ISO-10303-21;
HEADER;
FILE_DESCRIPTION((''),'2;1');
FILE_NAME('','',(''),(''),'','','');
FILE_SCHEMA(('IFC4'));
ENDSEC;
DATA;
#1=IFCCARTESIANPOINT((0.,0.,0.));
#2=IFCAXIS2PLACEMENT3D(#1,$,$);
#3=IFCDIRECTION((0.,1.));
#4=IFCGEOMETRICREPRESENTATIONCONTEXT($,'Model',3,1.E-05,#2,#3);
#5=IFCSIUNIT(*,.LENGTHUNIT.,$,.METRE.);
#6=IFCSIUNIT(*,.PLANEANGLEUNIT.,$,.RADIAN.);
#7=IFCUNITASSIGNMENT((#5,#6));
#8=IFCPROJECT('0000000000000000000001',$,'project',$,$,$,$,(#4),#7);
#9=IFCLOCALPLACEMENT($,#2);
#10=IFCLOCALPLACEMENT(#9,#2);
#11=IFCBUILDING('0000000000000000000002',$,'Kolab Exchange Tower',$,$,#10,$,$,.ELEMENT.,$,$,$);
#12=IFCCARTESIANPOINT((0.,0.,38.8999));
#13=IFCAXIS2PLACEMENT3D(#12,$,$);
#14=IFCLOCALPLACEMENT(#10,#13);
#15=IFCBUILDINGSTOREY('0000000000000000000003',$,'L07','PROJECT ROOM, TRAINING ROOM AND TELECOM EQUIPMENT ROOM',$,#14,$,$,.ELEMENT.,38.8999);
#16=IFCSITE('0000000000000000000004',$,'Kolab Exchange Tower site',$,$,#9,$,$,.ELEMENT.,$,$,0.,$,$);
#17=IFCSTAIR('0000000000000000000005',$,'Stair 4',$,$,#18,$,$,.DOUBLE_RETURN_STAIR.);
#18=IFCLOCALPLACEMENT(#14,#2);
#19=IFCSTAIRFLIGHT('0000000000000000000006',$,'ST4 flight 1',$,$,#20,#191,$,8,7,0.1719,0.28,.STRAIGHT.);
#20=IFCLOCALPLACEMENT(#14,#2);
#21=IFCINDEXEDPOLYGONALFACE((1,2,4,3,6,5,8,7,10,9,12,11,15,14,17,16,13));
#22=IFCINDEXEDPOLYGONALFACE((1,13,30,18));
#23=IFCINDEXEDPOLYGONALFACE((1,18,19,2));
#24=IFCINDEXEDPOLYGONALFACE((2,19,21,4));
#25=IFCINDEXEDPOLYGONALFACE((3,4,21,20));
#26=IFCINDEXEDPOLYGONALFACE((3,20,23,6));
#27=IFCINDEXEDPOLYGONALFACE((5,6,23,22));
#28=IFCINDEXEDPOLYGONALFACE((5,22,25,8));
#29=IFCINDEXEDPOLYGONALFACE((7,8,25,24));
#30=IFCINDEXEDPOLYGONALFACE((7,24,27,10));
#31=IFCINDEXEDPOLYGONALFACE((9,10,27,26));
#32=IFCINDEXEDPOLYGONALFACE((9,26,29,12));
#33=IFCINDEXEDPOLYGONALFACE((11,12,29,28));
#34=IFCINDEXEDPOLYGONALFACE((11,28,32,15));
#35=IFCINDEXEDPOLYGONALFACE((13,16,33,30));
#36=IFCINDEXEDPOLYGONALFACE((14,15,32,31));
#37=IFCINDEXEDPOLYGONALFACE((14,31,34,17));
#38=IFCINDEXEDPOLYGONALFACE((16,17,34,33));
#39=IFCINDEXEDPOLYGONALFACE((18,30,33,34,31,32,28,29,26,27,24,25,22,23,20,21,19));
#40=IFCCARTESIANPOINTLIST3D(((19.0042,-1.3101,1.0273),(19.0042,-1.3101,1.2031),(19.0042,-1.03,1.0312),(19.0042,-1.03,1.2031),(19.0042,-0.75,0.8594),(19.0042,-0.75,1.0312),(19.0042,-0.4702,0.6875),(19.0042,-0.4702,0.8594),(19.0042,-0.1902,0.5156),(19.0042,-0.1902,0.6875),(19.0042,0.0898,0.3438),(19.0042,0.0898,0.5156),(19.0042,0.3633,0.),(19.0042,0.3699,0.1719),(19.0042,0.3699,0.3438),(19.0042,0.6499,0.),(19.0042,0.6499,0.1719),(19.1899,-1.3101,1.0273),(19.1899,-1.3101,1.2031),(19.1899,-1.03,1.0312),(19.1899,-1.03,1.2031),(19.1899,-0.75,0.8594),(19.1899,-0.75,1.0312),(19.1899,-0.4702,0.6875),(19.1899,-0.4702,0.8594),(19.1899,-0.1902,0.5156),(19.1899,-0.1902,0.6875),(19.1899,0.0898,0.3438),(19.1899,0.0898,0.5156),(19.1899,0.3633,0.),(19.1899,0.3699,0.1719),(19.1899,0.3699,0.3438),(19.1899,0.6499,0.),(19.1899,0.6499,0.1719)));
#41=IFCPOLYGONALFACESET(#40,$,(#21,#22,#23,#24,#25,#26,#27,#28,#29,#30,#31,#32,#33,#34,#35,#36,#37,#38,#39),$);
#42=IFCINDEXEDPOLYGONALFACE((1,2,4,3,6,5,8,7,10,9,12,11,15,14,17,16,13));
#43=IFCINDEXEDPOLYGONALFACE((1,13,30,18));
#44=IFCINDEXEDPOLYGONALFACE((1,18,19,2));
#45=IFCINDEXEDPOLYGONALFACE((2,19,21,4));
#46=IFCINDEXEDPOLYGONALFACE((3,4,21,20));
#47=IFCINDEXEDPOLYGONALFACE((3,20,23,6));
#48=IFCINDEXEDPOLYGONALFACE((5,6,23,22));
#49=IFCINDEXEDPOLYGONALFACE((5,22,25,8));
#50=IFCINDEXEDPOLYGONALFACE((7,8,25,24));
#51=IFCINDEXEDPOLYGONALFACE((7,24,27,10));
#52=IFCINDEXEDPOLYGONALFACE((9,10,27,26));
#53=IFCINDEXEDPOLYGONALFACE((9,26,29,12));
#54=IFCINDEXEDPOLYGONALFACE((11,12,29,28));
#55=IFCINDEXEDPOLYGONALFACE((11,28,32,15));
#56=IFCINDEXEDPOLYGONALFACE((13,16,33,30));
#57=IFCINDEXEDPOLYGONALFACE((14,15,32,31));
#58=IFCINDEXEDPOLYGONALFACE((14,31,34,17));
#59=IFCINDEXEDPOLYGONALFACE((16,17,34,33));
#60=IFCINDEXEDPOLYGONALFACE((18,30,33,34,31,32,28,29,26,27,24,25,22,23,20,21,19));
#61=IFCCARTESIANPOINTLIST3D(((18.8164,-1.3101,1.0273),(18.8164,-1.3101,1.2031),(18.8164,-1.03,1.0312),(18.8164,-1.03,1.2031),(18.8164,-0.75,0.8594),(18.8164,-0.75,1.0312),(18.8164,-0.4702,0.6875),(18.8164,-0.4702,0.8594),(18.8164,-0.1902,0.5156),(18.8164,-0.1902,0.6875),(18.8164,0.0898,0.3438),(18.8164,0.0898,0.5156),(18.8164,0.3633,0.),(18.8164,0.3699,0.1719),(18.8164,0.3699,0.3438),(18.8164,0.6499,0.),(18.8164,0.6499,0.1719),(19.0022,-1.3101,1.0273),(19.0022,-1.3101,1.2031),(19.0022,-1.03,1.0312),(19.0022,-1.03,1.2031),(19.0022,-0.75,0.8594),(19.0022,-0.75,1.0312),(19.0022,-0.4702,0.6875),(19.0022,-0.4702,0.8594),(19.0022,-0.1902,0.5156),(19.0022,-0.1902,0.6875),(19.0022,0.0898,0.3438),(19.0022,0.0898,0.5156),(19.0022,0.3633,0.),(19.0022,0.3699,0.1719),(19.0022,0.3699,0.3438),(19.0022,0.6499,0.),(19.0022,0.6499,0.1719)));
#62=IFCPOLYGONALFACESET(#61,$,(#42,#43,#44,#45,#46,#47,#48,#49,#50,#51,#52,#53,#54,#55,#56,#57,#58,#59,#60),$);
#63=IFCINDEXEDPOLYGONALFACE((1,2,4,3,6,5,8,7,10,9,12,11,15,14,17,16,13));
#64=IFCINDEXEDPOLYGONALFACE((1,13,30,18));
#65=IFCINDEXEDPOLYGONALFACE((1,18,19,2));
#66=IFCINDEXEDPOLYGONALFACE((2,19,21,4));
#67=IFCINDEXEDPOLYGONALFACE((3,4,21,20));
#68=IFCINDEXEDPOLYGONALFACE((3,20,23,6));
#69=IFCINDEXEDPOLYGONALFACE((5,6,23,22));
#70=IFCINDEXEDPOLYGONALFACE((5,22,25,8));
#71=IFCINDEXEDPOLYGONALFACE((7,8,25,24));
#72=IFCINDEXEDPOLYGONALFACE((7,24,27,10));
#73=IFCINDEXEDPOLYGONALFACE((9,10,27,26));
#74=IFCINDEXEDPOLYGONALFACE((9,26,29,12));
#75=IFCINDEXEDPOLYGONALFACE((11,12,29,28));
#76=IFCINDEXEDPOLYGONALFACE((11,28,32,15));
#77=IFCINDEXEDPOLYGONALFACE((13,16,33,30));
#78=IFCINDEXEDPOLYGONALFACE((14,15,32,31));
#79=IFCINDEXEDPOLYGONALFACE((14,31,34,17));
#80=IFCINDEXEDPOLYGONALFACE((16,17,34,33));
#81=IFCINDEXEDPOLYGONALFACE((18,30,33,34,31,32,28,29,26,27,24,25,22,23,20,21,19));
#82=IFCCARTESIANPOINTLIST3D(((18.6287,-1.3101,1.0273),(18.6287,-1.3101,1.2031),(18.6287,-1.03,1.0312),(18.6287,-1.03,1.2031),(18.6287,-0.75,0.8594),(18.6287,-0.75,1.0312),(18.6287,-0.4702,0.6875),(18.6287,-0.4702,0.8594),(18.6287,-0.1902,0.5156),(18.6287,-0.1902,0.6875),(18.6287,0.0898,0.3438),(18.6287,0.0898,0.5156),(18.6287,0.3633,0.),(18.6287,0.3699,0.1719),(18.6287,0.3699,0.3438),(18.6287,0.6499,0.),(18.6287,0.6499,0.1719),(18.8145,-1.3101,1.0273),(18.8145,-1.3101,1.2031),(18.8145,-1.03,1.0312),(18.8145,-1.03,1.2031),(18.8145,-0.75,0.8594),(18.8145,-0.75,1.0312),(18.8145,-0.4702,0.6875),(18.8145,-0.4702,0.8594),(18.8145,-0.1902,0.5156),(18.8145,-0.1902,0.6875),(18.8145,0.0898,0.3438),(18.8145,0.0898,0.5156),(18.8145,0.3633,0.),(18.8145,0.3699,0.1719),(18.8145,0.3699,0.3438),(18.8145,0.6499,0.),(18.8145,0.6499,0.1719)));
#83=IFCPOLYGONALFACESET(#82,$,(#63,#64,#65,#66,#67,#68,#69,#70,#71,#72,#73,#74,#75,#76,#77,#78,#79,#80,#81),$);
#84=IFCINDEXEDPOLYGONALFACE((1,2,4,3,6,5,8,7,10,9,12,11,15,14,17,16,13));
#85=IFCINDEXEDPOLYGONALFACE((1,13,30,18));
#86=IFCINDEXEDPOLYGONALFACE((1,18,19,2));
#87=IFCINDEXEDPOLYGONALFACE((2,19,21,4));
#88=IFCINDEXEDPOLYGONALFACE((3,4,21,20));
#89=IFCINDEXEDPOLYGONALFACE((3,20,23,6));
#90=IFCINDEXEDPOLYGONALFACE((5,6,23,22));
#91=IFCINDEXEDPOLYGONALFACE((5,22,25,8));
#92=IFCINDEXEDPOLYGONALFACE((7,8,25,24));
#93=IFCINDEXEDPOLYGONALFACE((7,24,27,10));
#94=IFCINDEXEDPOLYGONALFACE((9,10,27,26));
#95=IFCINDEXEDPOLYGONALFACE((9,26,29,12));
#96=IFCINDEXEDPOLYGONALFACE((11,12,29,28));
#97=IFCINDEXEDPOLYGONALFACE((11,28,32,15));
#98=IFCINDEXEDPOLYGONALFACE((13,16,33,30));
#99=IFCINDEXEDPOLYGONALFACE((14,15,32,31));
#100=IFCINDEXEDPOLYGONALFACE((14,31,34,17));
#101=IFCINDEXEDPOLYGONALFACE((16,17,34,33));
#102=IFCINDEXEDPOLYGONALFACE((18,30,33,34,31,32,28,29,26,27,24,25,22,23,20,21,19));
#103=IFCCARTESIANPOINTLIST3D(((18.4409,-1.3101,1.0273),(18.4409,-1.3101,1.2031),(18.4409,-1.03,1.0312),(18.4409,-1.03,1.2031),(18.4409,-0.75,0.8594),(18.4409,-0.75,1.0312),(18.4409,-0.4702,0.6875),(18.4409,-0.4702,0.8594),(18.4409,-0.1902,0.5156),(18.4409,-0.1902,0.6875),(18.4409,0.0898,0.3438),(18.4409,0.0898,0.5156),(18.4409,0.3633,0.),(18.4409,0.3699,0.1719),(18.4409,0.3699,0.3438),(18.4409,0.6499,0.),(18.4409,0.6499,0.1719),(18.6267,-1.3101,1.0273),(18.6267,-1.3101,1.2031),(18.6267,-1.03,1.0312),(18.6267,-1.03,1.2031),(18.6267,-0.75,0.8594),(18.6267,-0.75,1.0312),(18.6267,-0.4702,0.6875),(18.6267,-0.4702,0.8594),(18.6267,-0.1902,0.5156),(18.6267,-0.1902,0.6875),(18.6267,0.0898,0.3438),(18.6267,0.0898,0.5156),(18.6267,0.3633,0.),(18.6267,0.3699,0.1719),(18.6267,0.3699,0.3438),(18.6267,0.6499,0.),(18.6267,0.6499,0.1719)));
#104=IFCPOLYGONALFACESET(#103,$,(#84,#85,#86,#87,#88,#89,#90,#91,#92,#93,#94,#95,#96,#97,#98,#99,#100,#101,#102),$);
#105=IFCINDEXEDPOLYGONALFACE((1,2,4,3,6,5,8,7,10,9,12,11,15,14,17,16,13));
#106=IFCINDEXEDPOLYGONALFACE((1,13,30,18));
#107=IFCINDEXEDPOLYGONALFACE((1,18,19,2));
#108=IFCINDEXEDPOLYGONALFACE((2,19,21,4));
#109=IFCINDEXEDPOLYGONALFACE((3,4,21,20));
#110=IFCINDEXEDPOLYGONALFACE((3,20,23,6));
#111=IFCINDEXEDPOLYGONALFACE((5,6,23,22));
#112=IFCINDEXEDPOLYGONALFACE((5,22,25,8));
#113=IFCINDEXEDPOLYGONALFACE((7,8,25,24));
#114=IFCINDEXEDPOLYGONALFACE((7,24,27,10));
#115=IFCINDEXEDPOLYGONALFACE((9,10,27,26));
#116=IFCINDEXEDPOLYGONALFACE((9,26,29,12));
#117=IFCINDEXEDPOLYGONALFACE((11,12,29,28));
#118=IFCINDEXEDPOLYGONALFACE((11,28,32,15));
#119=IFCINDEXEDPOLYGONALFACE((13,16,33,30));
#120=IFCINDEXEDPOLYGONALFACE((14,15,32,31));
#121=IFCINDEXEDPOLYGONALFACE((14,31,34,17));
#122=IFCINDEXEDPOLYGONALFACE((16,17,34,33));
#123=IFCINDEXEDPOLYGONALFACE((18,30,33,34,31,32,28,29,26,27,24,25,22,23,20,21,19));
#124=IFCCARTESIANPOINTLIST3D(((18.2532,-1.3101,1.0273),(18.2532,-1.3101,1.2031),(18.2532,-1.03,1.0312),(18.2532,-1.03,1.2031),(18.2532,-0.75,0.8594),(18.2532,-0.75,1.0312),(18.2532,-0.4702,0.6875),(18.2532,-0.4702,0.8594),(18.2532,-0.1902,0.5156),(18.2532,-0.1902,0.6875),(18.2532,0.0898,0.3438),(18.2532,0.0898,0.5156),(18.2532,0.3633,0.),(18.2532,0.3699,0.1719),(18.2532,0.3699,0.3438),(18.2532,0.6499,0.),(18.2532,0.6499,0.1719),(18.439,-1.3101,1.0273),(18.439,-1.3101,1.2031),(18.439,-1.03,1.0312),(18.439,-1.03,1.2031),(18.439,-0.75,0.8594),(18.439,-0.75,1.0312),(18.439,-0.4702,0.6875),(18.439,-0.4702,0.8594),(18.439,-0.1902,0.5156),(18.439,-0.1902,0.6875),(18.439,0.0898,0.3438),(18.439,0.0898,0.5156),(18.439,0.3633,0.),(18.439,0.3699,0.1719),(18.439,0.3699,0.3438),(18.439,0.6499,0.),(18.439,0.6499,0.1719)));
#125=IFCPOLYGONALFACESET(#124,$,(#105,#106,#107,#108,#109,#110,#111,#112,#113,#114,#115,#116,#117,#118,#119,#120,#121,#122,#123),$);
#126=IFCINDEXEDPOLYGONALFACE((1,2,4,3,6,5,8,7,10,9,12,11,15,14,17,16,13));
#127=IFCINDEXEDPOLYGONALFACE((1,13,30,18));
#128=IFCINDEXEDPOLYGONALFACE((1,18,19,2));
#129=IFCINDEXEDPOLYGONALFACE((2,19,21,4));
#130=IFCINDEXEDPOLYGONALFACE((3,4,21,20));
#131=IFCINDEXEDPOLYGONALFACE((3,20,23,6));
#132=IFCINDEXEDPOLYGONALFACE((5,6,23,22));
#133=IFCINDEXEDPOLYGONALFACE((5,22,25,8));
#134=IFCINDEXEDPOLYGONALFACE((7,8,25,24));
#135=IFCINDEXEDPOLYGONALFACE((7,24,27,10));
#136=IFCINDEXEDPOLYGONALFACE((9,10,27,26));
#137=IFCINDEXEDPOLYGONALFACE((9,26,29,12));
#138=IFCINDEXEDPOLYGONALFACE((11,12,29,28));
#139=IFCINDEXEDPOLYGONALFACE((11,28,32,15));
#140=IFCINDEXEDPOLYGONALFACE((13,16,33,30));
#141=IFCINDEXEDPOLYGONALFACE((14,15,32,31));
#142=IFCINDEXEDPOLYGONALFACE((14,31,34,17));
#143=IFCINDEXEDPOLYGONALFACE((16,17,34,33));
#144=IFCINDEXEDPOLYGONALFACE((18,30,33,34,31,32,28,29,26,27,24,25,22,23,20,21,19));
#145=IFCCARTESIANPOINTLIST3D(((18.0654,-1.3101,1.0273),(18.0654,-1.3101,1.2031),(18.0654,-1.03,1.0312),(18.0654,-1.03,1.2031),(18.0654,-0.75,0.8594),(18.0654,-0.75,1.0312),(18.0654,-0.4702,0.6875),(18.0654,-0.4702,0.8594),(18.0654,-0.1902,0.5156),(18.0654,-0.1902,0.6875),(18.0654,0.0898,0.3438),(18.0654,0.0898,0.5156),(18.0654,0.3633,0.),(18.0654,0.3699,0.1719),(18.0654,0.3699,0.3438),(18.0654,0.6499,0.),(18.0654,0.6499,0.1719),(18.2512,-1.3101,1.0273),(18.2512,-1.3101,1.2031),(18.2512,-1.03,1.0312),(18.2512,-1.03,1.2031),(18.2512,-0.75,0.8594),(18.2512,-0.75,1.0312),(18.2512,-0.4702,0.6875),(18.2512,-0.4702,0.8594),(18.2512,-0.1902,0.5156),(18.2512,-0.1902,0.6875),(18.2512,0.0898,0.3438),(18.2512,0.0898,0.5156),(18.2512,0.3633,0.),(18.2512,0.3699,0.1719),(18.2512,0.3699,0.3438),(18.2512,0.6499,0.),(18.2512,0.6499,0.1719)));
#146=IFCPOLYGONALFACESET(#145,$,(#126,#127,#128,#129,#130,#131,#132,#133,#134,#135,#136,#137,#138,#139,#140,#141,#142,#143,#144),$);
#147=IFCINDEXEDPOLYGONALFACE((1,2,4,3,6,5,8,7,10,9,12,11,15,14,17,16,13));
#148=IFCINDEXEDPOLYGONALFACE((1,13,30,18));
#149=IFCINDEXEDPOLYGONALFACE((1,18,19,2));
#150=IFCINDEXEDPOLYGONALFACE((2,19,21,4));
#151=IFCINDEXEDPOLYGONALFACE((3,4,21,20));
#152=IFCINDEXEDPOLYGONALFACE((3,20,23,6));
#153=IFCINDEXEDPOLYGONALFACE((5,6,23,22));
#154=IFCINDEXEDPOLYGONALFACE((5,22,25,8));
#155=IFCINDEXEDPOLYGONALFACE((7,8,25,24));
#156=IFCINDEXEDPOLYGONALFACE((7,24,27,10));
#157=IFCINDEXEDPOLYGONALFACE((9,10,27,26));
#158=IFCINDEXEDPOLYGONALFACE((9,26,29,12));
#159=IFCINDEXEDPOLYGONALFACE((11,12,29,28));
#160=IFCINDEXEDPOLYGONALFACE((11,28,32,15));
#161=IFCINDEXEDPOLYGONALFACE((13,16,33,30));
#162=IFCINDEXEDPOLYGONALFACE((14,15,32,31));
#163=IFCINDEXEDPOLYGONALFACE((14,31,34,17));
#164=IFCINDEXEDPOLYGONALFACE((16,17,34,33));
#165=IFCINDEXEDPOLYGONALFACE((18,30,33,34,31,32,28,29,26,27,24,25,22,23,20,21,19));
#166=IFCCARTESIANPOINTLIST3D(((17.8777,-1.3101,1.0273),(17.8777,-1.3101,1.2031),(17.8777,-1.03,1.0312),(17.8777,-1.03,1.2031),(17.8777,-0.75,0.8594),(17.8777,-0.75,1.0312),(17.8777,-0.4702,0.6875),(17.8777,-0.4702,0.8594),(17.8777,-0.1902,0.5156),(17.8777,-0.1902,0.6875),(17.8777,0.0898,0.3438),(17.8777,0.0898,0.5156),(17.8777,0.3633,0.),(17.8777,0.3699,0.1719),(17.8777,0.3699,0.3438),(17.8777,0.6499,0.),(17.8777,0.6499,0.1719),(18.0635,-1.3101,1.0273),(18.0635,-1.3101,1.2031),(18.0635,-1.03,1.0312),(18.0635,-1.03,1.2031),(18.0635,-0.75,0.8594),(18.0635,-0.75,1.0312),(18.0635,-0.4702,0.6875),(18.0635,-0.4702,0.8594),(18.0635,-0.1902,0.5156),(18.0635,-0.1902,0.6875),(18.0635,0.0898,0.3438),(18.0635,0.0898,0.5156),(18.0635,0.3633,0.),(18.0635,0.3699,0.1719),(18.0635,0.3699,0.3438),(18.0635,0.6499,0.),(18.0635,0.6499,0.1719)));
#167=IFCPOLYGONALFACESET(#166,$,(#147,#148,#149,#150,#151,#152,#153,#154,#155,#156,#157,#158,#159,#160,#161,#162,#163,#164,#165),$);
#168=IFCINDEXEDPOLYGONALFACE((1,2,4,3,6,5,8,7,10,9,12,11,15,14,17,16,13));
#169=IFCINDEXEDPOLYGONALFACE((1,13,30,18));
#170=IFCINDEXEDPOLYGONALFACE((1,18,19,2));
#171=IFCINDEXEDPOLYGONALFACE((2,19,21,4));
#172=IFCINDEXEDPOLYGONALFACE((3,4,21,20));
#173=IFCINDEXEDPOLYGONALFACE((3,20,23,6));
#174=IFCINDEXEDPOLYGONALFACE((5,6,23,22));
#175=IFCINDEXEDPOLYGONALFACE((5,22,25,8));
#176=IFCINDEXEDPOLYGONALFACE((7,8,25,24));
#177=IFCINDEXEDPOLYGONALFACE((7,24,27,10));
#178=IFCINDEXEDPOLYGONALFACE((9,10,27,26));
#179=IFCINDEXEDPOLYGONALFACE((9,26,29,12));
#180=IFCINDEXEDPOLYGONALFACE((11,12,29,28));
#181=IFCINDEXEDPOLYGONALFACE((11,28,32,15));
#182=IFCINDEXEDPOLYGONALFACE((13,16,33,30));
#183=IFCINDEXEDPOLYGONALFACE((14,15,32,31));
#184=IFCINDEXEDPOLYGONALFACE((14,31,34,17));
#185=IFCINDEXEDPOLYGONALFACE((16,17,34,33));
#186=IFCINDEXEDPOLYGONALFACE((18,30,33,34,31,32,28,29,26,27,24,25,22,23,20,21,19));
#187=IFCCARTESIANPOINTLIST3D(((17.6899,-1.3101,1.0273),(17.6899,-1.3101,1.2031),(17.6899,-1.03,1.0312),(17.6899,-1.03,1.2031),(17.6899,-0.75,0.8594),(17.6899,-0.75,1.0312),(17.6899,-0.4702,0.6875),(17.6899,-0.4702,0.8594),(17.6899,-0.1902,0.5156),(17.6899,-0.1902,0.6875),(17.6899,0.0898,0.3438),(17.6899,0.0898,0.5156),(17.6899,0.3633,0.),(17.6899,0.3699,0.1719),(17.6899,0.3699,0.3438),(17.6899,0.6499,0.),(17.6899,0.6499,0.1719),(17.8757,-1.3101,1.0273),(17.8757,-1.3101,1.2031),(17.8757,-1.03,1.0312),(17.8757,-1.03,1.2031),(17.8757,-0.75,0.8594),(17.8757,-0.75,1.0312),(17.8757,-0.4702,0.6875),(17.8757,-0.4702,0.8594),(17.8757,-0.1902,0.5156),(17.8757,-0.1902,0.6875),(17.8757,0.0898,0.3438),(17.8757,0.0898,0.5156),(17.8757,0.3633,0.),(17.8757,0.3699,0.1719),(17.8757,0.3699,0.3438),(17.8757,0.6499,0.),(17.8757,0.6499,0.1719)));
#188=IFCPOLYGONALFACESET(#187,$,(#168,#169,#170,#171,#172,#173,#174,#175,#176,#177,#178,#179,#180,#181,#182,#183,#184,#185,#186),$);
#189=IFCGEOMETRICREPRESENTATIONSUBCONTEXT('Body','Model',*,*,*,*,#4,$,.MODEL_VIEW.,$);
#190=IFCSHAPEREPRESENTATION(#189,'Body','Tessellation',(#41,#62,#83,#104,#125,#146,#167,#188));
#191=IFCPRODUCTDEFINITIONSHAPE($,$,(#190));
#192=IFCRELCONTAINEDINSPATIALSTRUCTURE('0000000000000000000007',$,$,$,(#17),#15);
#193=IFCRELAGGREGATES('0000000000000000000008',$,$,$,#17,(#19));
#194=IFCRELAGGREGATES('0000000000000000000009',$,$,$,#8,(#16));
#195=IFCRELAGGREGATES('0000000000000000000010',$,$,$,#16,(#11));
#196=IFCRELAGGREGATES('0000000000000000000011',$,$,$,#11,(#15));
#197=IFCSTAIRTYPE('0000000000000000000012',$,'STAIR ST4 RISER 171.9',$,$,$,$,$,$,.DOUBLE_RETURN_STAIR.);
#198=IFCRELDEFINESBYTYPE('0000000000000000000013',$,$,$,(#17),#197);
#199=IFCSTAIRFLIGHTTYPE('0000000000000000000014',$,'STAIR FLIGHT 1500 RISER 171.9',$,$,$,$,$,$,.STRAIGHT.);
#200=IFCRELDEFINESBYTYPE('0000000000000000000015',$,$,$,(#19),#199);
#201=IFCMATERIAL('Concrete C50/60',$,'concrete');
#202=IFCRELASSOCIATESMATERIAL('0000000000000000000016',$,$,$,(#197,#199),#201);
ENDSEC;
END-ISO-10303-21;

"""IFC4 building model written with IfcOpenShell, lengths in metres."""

from ifc_helpers import new_model, si_unit, direction, frame, origin, place, context, subcontext, project, spatial, polyline, outline, extrude, material, type_object, element, aggregate, save


model = new_model("IFC4")

# Units and contexts
model_context = context("Model", 3, precision=1e-05, world=origin(), true_north=direction((0.0, 1.0)))
body_context = subcontext(model_context, "Body", "Model", "MODEL_VIEW")
ifc_project = project(units=[si_unit("LENGTHUNIT", "METRE"), si_unit("PLANEANGLEUNIT", "RADIAN")], contexts=[model_context])

# Site, building, storey
site_placement = place(None, origin())
site = spatial("IfcSite", under=ifc_project, at=site_placement, Name="Kolab Exchange Tower site", CompositionType="ELEMENT", RefElevation=0.0)
building_placement = place(site_placement, origin())
building = spatial("IfcBuilding", under=site, at=building_placement, Name="Kolab Exchange Tower", CompositionType="ELEMENT")
storey_placement = place(building_placement, frame((0.0, 0.0, 38.8999)))
storey = spatial("IfcBuildingStorey", under=building, at=storey_placement, Name="L07", Description="PROJECT ROOM, TRAINING ROOM AND TELECOM EQUIPMENT ROOM", CompositionType="ELEMENT", Elevation=38.8999)

# Shared definitions
ifc_material_1 = material(Name="Concrete C50/60", Category="concrete")

# Stair, stair flight
stair_type_1 = type_object("IfcStairType", Name="STAIR ST4 RISER 171.9", PredefinedType="DOUBLE_RETURN_STAIR", material=ifc_material_1)
stair_1_placement = place(storey_placement, origin())
stair_1 = element("IfcStair", 1, at=stair_1_placement, inside=storey, type_object=stair_type_1, Name="Stair 4", PredefinedType="DOUBLE_RETURN_STAIR")
stair_flight_type = type_object("IfcStairFlightType", Name="STAIR FLIGHT 1500 RISER 171.9", PredefinedType="STRAIGHT", material=ifc_material_1)
stair_flight_1_placement = place(storey_placement, frame((18.4399, 0.6499, 0.0), z_axis=(0.0, 0.0, 1.0), x_axis=(0.0, -1.0, 0.0)))
stair_flight_1 = element("IfcStairFlight", 2, at=stair_flight_1_placement, type_object=stair_flight_type, Name="ST4 flight 1", NumberOfRisers=8, NumberOfTreads=7, PredefinedType="STRAIGHT", RiserHeight=0.1719, TreadLength=0.28, context=body_context, shape_type="SweptSolid", body=[
    extrude(outline(polyline([(0.0, 0.0), (0.0, 0.1719), (0.28, 0.1719), (0.28, 0.3438), (0.5601, 0.3438), (0.5601, 0.5156), (0.8401, 0.5156), (0.8401, 0.6875), (1.1201, 0.6875), (1.1201, 0.8594), (1.3999, 0.8594), (1.3999, 1.0312), (1.6799, 1.0312), (1.6799, 1.2031), (1.96, 1.2031), (1.96, 1.375), (1.96, 1.0273), (0.2866, 0.0), (0.0, 0.0)])), frame((0.0, 0.75, 0.0), z_axis=(0.0, -1.0, 0.0), x_axis=(1.0, 0.0, 0.0)), (0.0, 0.0, 1.0), 0.1858),
    extrude(outline(polyline([(0.0, 0.0), (0.0, 0.1719), (0.28, 0.1719), (0.28, 0.3438), (0.5601, 0.3438), (0.5601, 0.5156), (0.8401, 0.5156), (0.8401, 0.6875), (1.1201, 0.6875), (1.1201, 0.8594), (1.3999, 0.8594), (1.3999, 1.0312), (1.6799, 1.0312), (1.6799, 1.2031), (1.96, 1.2031), (1.96, 1.375), (1.96, 1.0273), (0.2866, 0.0), (0.0, 0.0)])), frame((0.0, 0.5623, 0.0), z_axis=(0.0, -1.0, 0.0), x_axis=(1.0, 0.0, 0.0)), (0.0, 0.0, 1.0), 0.1858),
    extrude(outline(polyline([(0.0, 0.0), (0.0, 0.1719), (0.28, 0.1719), (0.28, 0.3438), (0.5601, 0.3438), (0.5601, 0.5156), (0.8401, 0.5156), (0.8401, 0.6875), (1.1201, 0.6875), (1.1201, 0.8594), (1.3999, 0.8594), (1.3999, 1.0312), (1.6799, 1.0312), (1.6799, 1.2031), (1.96, 1.2031), (1.96, 1.375), (1.96, 1.0273), (0.2866, 0.0), (0.0, 0.0)])), frame((0.0, 0.3745, 0.0), z_axis=(0.0, -1.0, 0.0), x_axis=(1.0, 0.0, 0.0)), (0.0, 0.0, 1.0), 0.1858),
    extrude(outline(polyline([(0.0, 0.0), (0.0, 0.1719), (0.28, 0.1719), (0.28, 0.3438), (0.5601, 0.3438), (0.5601, 0.5156), (0.8401, 0.5156), (0.8401, 0.6875), (1.1201, 0.6875), (1.1201, 0.8594), (1.3999, 0.8594), (1.3999, 1.0312), (1.6799, 1.0312), (1.6799, 1.2031), (1.96, 1.2031), (1.96, 1.375), (1.96, 1.0273), (0.2866, 0.0), (0.0, 0.0)])), frame((0.0, 0.1868, 0.0), z_axis=(0.0, -1.0, 0.0), x_axis=(1.0, 0.0, 0.0)), (0.0, 0.0, 1.0), 0.1858),
    extrude(outline(polyline([(0.0, 0.0), (0.0, 0.1719), (0.28, 0.1719), (0.28, 0.3438), (0.5601, 0.3438), (0.5601, 0.5156), (0.8401, 0.5156), (0.8401, 0.6875), (1.1201, 0.6875), (1.1201, 0.8594), (1.3999, 0.8594), (1.3999, 1.0312), (1.6799, 1.0312), (1.6799, 1.2031), (1.96, 1.2031), (1.96, 1.375), (1.96, 1.0273), (0.2866, 0.0), (0.0, 0.0)])), frame((0.0, -0.001, 0.0), z_axis=(0.0, -1.0, 0.0), x_axis=(1.0, 0.0, 0.0)), (0.0, 0.0, 1.0), 0.1858),
    extrude(outline(polyline([(0.0, 0.0), (0.0, 0.1719), (0.28, 0.1719), (0.28, 0.3438), (0.5601, 0.3438), (0.5601, 0.5156), (0.8401, 0.5156), (0.8401, 0.6875), (1.1201, 0.6875), (1.1201, 0.8594), (1.3999, 0.8594), (1.3999, 1.0312), (1.6799, 1.0312), (1.6799, 1.2031), (1.96, 1.2031), (1.96, 1.375), (1.96, 1.0273), (0.2866, 0.0), (0.0, 0.0)])), frame((0.0, -0.1887, 0.0), z_axis=(0.0, -1.0, 0.0), x_axis=(1.0, 0.0, 0.0)), (0.0, 0.0, 1.0), 0.1858),
    extrude(outline(polyline([(0.0, 0.0), (0.0, 0.1719), (0.28, 0.1719), (0.28, 0.3438), (0.5601, 0.3438), (0.5601, 0.5156), (0.8401, 0.5156), (0.8401, 0.6875), (1.1201, 0.6875), (1.1201, 0.8594), (1.3999, 0.8594), (1.3999, 1.0312), (1.6799, 1.0312), (1.6799, 1.2031), (1.96, 1.2031), (1.96, 1.375), (1.96, 1.0273), (0.2866, 0.0), (0.0, 0.0)])), frame((0.0, -0.3765, 0.0), z_axis=(0.0, -1.0, 0.0), x_axis=(1.0, 0.0, 0.0)), (0.0, 0.0, 1.0), 0.1858),
    extrude(outline(polyline([(0.0, 0.0), (0.0, 0.1719), (0.28, 0.1719), (0.28, 0.3438), (0.5601, 0.3438), (0.5601, 0.5156), (0.8401, 0.5156), (0.8401, 0.6875), (1.1201, 0.6875), (1.1201, 0.8594), (1.3999, 0.8594), (1.3999, 1.0312), (1.6799, 1.0312), (1.6799, 1.2031), (1.96, 1.2031), (1.96, 1.375), (1.96, 1.0273), (0.2866, 0.0), (0.0, 0.0)])), frame((0.0, -0.5642, 0.0), z_axis=(0.0, -1.0, 0.0), x_axis=(1.0, 0.0, 0.0)), (0.0, 0.0, 1.0), 0.1858),
])
aggregate(stair_1, [stair_flight_1])

save(model, "model.ifc")
